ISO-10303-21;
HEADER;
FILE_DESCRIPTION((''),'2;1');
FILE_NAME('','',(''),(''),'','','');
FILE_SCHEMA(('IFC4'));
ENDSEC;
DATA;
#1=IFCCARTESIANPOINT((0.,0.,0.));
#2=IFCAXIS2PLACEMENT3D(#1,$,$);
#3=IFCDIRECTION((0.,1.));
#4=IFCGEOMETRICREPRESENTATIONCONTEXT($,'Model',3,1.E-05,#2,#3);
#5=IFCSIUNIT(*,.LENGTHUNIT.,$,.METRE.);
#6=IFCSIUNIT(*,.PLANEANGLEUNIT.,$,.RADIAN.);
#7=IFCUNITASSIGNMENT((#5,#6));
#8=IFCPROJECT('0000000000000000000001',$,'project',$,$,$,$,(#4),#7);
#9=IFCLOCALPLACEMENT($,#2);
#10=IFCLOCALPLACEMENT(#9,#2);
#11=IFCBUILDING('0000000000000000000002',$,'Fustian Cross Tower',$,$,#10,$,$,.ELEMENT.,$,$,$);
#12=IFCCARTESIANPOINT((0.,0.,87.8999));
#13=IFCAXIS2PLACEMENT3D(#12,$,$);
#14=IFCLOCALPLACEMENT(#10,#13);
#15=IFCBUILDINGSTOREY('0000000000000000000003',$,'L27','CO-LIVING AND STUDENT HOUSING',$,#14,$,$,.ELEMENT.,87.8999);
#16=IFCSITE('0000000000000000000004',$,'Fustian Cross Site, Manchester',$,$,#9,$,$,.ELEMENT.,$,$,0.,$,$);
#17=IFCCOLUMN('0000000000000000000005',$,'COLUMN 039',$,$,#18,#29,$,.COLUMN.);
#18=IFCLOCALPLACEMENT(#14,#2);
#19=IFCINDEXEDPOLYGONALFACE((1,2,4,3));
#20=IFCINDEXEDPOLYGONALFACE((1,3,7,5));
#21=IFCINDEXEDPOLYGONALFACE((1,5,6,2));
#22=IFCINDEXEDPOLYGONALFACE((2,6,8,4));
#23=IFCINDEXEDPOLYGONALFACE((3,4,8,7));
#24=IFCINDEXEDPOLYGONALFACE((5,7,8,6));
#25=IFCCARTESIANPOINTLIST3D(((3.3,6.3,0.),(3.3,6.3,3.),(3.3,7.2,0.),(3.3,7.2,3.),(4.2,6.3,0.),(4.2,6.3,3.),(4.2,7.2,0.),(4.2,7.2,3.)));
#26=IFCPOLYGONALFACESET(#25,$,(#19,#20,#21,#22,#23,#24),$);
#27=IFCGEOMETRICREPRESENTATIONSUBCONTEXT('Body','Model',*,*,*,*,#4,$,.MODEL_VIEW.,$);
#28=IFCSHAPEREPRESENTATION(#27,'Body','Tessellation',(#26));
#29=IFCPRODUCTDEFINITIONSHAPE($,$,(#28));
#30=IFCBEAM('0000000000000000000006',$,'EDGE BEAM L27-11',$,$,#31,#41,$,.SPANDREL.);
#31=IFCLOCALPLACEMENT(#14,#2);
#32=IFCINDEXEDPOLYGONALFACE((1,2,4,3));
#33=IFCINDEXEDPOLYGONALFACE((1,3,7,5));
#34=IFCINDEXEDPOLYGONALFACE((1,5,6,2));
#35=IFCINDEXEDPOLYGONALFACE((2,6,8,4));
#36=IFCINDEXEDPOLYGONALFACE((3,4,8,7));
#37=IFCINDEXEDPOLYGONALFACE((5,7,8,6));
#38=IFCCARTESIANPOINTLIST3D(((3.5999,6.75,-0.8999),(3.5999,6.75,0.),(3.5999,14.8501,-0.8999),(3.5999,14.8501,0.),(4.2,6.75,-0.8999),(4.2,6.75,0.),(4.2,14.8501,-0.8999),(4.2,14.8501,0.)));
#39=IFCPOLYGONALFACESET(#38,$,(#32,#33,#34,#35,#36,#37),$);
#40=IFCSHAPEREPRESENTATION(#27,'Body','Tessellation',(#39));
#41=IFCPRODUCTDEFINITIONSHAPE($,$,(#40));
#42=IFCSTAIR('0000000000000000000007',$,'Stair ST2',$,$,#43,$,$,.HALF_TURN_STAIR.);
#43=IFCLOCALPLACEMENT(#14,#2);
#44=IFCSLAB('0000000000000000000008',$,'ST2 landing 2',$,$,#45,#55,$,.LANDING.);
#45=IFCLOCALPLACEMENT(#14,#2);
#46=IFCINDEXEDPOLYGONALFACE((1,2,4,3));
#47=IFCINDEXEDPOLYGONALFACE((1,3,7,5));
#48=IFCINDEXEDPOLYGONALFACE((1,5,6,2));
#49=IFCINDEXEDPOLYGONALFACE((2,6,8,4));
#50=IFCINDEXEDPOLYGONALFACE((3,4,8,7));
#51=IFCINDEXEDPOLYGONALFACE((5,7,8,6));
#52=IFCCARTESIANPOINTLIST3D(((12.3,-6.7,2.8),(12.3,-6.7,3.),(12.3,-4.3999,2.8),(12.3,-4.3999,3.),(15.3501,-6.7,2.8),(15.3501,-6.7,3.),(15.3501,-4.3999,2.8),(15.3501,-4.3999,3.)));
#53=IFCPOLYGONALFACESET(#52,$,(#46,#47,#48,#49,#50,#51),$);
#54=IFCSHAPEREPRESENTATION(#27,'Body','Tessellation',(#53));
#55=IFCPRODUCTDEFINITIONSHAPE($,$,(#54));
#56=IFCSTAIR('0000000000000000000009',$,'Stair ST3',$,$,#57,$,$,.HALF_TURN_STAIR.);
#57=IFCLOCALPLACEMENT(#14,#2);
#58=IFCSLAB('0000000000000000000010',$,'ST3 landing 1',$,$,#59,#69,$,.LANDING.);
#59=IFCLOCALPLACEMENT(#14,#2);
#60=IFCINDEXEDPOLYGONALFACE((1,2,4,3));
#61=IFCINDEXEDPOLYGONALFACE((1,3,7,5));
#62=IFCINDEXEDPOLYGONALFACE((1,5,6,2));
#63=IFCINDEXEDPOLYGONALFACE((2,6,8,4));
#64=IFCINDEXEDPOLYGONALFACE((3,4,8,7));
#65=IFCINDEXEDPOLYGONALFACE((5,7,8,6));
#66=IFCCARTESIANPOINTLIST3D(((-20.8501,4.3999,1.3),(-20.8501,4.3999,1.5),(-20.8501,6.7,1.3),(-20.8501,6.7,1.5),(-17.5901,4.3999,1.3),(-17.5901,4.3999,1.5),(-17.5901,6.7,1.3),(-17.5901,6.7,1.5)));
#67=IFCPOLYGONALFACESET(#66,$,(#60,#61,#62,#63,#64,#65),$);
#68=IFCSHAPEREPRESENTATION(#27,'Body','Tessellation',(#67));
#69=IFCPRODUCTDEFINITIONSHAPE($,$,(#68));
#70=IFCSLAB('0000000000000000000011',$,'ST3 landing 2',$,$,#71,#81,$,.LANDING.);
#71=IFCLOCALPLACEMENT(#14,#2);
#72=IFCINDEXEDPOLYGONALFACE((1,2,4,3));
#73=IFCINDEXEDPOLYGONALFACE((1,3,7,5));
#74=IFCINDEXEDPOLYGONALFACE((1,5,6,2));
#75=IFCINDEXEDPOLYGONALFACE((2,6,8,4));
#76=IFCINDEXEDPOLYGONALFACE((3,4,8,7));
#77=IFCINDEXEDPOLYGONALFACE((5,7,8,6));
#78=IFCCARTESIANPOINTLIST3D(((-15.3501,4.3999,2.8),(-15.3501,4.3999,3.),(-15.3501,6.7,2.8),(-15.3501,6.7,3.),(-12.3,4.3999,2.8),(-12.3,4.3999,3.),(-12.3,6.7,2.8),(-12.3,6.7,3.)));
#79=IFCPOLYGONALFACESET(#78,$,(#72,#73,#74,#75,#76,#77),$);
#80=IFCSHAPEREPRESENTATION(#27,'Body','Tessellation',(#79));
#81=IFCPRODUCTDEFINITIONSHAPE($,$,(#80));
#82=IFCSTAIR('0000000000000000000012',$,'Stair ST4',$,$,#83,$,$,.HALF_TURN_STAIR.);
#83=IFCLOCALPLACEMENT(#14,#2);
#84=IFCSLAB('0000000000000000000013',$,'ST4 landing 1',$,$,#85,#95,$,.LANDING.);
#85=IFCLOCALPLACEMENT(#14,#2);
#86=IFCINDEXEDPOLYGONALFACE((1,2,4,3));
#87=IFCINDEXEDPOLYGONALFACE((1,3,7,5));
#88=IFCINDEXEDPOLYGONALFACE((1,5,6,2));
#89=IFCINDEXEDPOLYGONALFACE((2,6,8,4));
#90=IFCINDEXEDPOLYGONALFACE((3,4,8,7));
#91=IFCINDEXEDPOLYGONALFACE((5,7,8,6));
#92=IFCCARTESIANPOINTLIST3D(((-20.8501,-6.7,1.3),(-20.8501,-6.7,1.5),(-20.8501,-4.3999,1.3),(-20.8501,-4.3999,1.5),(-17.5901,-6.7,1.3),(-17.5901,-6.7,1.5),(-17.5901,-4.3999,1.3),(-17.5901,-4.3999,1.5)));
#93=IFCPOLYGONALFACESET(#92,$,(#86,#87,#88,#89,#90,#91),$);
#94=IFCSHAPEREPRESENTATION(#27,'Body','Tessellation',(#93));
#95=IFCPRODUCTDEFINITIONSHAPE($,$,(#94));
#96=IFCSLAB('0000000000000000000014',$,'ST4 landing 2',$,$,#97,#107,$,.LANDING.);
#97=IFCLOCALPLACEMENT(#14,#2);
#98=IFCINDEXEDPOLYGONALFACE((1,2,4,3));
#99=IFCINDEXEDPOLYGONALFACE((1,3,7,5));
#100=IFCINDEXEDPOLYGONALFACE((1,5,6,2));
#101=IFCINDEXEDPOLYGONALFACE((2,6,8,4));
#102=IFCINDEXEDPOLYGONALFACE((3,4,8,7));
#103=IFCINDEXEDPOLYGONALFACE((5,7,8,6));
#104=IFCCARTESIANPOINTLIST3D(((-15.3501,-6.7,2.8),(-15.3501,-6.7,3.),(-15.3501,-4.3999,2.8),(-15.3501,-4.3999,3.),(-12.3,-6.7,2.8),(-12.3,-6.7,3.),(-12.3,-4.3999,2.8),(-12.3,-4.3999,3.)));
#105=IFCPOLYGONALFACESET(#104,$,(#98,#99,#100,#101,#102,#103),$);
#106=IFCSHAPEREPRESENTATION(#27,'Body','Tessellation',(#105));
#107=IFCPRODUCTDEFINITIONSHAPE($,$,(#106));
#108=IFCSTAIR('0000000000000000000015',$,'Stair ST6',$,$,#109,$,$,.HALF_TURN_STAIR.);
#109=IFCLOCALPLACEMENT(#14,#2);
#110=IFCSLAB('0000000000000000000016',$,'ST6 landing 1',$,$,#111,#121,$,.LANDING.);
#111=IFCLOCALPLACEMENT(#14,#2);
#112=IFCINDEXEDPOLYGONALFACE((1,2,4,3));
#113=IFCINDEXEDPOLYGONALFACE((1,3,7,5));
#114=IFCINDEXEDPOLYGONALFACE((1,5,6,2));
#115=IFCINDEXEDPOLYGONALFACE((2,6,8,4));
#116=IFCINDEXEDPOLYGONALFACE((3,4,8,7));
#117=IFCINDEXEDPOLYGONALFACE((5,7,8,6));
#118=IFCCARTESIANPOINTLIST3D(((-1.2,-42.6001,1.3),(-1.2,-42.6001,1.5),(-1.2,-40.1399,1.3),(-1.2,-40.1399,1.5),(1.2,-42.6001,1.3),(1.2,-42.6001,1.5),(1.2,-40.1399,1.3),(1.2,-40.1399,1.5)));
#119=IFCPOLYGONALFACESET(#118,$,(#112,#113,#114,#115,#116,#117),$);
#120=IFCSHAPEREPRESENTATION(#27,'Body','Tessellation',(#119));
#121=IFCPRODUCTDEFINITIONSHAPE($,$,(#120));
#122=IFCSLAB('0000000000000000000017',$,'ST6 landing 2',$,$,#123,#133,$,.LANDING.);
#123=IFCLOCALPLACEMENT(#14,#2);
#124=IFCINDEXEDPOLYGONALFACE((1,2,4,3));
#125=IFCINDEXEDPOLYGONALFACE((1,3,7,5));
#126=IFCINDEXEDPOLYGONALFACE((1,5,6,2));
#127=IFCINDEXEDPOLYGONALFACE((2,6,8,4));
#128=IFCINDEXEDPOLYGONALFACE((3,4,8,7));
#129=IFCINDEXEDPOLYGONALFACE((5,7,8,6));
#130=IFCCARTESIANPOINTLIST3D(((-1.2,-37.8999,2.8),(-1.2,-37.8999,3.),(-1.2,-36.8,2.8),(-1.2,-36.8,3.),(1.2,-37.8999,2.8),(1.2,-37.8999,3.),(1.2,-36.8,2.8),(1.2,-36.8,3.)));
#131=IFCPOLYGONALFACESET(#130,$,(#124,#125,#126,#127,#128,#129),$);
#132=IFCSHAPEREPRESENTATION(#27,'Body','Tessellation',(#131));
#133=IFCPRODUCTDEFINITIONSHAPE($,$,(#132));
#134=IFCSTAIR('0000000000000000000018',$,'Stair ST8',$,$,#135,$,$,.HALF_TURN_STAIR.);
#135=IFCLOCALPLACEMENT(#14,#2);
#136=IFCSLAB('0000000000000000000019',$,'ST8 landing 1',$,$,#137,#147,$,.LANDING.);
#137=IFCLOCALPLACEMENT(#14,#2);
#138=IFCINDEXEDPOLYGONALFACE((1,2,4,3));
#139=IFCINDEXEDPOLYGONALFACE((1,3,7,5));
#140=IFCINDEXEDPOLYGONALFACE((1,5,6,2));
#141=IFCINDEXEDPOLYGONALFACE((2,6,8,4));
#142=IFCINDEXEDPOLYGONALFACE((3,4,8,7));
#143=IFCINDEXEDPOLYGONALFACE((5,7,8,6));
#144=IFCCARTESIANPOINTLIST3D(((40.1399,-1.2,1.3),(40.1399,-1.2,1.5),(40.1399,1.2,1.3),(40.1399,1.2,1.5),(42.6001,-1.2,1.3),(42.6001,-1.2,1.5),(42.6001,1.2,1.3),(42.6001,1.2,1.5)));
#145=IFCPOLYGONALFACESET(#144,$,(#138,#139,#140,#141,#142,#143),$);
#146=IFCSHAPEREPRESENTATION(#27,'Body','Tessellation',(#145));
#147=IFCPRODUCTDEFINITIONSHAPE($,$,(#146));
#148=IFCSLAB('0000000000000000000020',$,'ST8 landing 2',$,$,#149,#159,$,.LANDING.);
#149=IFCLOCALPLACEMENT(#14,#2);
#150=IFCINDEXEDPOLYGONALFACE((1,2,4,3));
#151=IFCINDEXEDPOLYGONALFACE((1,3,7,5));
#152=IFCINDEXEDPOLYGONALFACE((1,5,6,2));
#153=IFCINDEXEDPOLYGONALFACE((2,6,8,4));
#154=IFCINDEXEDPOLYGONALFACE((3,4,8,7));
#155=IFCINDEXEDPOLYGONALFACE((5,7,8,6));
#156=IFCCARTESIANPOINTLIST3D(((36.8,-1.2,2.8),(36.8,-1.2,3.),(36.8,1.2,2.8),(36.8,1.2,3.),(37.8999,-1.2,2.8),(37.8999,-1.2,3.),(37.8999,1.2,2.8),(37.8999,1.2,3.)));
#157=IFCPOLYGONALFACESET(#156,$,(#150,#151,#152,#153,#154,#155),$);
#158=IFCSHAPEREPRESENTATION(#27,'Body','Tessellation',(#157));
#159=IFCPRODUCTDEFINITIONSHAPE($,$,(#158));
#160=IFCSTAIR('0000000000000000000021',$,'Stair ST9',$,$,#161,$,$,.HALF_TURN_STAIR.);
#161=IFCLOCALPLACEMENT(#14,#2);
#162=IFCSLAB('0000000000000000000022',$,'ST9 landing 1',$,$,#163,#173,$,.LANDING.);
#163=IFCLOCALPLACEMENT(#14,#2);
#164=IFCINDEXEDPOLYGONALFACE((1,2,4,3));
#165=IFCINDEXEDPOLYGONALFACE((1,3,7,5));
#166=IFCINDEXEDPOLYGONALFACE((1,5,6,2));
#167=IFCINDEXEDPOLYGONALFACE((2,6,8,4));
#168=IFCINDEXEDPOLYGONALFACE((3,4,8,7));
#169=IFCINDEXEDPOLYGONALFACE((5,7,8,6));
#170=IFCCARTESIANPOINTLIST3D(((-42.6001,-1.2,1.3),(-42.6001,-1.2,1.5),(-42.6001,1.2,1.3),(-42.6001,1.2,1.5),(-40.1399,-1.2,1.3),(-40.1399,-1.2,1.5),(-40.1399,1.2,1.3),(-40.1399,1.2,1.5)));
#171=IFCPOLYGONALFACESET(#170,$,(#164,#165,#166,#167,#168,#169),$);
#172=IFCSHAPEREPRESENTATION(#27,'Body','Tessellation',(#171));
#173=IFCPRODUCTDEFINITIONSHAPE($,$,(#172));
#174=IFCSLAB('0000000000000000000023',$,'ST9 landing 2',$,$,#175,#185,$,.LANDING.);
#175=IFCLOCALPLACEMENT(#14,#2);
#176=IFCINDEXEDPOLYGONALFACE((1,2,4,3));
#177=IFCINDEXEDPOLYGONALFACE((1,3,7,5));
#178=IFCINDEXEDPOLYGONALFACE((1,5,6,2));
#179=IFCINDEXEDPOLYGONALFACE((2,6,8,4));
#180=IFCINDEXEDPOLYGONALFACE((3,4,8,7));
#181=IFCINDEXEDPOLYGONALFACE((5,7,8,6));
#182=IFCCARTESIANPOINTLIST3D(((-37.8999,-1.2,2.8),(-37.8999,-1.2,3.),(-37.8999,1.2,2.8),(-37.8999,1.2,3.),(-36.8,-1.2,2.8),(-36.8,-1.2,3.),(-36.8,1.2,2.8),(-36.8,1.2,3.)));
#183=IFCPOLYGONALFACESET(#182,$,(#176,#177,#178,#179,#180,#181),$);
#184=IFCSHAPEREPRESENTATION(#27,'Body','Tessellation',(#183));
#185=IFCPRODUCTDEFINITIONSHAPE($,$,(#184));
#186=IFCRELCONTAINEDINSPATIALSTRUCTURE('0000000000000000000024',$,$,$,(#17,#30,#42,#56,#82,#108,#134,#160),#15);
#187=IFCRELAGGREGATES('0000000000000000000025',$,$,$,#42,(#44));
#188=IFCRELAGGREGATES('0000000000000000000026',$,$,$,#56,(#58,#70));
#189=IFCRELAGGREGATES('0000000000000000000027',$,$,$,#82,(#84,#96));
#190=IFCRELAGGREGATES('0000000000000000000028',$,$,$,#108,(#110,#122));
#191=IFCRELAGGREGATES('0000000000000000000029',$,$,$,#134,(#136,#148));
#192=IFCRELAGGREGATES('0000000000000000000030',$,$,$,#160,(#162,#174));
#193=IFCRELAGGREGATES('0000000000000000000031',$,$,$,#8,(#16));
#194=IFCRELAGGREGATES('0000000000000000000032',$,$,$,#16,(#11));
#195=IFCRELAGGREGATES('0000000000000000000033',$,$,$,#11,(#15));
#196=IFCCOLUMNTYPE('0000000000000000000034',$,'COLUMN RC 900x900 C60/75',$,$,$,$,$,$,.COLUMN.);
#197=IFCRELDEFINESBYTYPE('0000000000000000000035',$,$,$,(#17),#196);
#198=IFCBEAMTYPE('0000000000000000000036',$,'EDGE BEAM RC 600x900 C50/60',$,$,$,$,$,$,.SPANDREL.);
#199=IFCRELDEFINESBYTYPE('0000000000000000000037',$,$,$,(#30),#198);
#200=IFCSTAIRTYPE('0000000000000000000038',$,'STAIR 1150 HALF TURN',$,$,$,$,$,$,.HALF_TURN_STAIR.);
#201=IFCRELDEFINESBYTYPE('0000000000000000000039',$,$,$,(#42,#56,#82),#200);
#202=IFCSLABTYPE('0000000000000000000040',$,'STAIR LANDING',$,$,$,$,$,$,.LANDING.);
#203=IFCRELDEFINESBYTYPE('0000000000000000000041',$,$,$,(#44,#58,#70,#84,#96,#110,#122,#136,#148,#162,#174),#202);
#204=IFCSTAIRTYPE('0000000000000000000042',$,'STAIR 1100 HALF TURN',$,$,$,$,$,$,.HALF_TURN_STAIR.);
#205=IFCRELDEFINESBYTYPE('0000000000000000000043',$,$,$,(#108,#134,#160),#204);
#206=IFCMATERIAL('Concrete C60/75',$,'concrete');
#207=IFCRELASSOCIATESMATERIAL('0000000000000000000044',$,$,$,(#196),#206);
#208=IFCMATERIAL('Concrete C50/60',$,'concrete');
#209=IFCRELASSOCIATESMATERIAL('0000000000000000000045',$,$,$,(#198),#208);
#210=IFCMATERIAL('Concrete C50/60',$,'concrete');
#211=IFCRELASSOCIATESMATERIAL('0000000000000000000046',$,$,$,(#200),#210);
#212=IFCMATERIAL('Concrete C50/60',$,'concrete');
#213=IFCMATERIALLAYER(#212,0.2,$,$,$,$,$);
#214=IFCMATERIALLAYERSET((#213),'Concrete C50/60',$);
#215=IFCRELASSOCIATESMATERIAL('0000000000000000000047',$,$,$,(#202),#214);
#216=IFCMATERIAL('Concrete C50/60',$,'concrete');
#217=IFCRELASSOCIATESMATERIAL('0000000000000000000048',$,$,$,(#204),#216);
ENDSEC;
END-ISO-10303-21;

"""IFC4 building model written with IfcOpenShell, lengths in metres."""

from ifc_helpers import new_model, si_unit, direction, frame, origin, origin_2d, place, context, subcontext, project, spatial, polyline, rectangle, outline, extrude, material, layer, layer_set, material_profile, profile_set, type_object, element, aggregate, save


model = new_model("IFC4")

# Units and contexts
model_context = context("Model", 3, precision=1e-05, world=origin(), true_north=direction((0.0, 1.0)))
body_context = subcontext(model_context, "Body", "Model", "MODEL_VIEW")
ifc_project = project(units=[si_unit("LENGTHUNIT", "METRE"), si_unit("PLANEANGLEUNIT", "RADIAN")], contexts=[model_context])

# Site, building, storey
site_placement = place(None, origin())
site = spatial("IfcSite", under=ifc_project, at=site_placement, Name="Fustian Cross Site, Manchester", CompositionType="ELEMENT", RefElevation=0.0)
building_placement = place(site_placement, origin())
building = spatial("IfcBuilding", under=site, at=building_placement, Name="Fustian Cross Tower", CompositionType="ELEMENT")
storey_placement = place(building_placement, frame((0.0, 0.0, 87.8999)))
storey = spatial("IfcBuildingStorey", under=building, at=storey_placement, Name="L27", Description="CO-LIVING AND STUDENT HOUSING", CompositionType="ELEMENT", Elevation=87.8999)

# Column
ifc_material_1 = material(Name="Concrete C60/75", Category="concrete")
ifc_material_profile_1 = material_profile(ifc_material_1, rectangle(XDim=0.8999, YDim=0.8999, at=origin_2d()), Name="RC 900x900")
ifc_profile_set_1 = profile_set([ifc_material_profile_1], Name="Concrete C60/75")
column_type = type_object("IfcColumnType", Name="COLUMN RC 900x900 C60/75", PredefinedType="COLUMN", material=ifc_profile_set_1)
column_placement = place(storey_placement, frame((3.75, 6.75, 0.0), z_axis=(0.0, 0.0, 1.0), x_axis=(1.0, 0.0, 0.0)))
element("IfcColumn", 1, at=column_placement, inside=storey, type_object=column_type, Name="COLUMN 039", PredefinedType="COLUMN", context=body_context, shape_type="SweptSolid", body=[
    extrude(rectangle(XDim=0.8999, YDim=0.8999, at=origin_2d()), origin(), (0.0, 0.0, 1.0), 3.0),
])

# Beam
ifc_material_2 = material(Name="Concrete C50/60", Category="concrete")
ifc_material_profile_2 = material_profile(ifc_material_2, rectangle(XDim=0.6001, YDim=0.8999, at=origin_2d()), Name="RC 600x900")
ifc_profile_set_2 = profile_set([ifc_material_profile_2], Name="Concrete C50/60")
beam_type = type_object("IfcBeamType", Name="EDGE BEAM RC 600x900 C50/60", PredefinedType="SPANDREL", material=ifc_profile_set_2)
beam_placement = place(storey_placement, frame((3.8999, 6.75, -0.45), z_axis=(0.0, 1.0, 0.0), x_axis=(-1.0, 0.0, 0.0)))
element("IfcBeam", 2, at=beam_placement, inside=storey, type_object=beam_type, Name="EDGE BEAM L27-11", PredefinedType="SPANDREL", context=body_context, shape_type="SweptSolid", body=[
    extrude(rectangle(XDim=0.6001, YDim=0.8999, at=origin_2d()), origin(), (0.0, 0.0, 1.0), 8.1001),
])

# Stair, slab
ifc_material_3 = material(Name="Concrete C50/60", Category="concrete")
stair_type_1 = type_object("IfcStairType", Name="STAIR 1150 HALF TURN", PredefinedType="HALF_TURN_STAIR", material=ifc_material_3)
stair_1_placement = place(storey_placement, origin())
stair_1 = element("IfcStair", 3, at=stair_1_placement, inside=storey, type_object=stair_type_1, Name="Stair ST2", PredefinedType="HALF_TURN_STAIR")
ifc_material_4 = material(Name="Concrete C50/60", Category="concrete")
ifc_layer_1 = layer(ifc_material_4, 0.2)
ifc_layer_set_1 = layer_set([ifc_layer_1], Name="Concrete C50/60")
slab_type = type_object("IfcSlabType", Name="STAIR LANDING", PredefinedType="LANDING", material=ifc_layer_set_1)
slab_1_placement = place(storey_placement, frame((0.0, 0.0, 2.8)))
slab_1 = element("IfcSlab", 4, at=slab_1_placement, type_object=slab_type, Name="ST2 landing 2", PredefinedType="LANDING", context=body_context, shape_type="SweptSolid", body=[
    extrude(outline(polyline([(12.3, -4.3999), (15.3501, -4.3999), (15.3501, -6.7), (12.3, -6.7), (12.3, -4.3999)])), origin(), (0.0, 0.0, 1.0), 0.2),
])
aggregate(stair_1, [slab_1])

# Stairs, slabs
stair_2_placement = place(storey_placement, origin())
stair_2 = element("IfcStair", 5, at=stair_2_placement, inside=storey, type_object=stair_type_1, Name="Stair ST3", PredefinedType="HALF_TURN_STAIR")
slab_2_placement = place(storey_placement, frame((0.0, 0.0, 1.3)))
slab_2 = element("IfcSlab", 6, at=slab_2_placement, type_object=slab_type, Name="ST3 landing 1", PredefinedType="LANDING", context=body_context, shape_type="SweptSolid", body=[
    extrude(outline(polyline([(-17.5901, 4.3999), (-20.8501, 4.3999), (-20.8501, 6.7), (-17.5901, 6.7), (-17.5901, 4.3999)])), origin(), (0.0, 0.0, 1.0), 0.2),
])
slab_3_placement = place(storey_placement, frame((0.0, 0.0, 2.8)))
slab_3 = element("IfcSlab", 7, at=slab_3_placement, type_object=slab_type, Name="ST3 landing 2", PredefinedType="LANDING", context=body_context, shape_type="SweptSolid", body=[
    extrude(outline(polyline([(-12.3, 4.3999), (-15.3501, 4.3999), (-15.3501, 6.7), (-12.3, 6.7), (-12.3, 4.3999)])), origin(), (0.0, 0.0, 1.0), 0.2),
])
aggregate(stair_2, [slab_2, slab_3])
stair_3_placement = place(storey_placement, origin())
stair_3 = element("IfcStair", 8, at=stair_3_placement, inside=storey, type_object=stair_type_1, Name="Stair ST4", PredefinedType="HALF_TURN_STAIR")
slab_4_placement = place(storey_placement, frame((0.0, 0.0, 1.3)))
slab_4 = element("IfcSlab", 9, at=slab_4_placement, type_object=slab_type, Name="ST4 landing 1", PredefinedType="LANDING", context=body_context, shape_type="SweptSolid", body=[
    extrude(outline(polyline([(-17.5901, -4.3999), (-20.8501, -4.3999), (-20.8501, -6.7), (-17.5901, -6.7), (-17.5901, -4.3999)])), origin(), (0.0, 0.0, 1.0), 0.2),
])
slab_5_placement = place(storey_placement, frame((0.0, 0.0, 2.8)))
slab_5 = element("IfcSlab", 10, at=slab_5_placement, type_object=slab_type, Name="ST4 landing 2", PredefinedType="LANDING", context=body_context, shape_type="SweptSolid", body=[
    extrude(outline(polyline([(-12.3, -4.3999), (-15.3501, -4.3999), (-15.3501, -6.7), (-12.3, -6.7), (-12.3, -4.3999)])), origin(), (0.0, 0.0, 1.0), 0.2),
])
aggregate(stair_3, [slab_4, slab_5])
ifc_material_5 = material(Name="Concrete C50/60", Category="concrete")
stair_type_2 = type_object("IfcStairType", Name="STAIR 1100 HALF TURN", PredefinedType="HALF_TURN_STAIR", material=ifc_material_5)
stair_4_placement = place(storey_placement, origin())
stair_4 = element("IfcStair", 11, at=stair_4_placement, inside=storey, type_object=stair_type_2, Name="Stair ST6", PredefinedType="HALF_TURN_STAIR")
slab_6_placement = place(storey_placement, frame((0.0, 0.0, 1.3)))
slab_6 = element("IfcSlab", 12, at=slab_6_placement, type_object=slab_type, Name="ST6 landing 1", PredefinedType="LANDING", context=body_context, shape_type="SweptSolid", body=[
    extrude(outline(polyline([(-1.2, -40.1399), (-1.2, -42.6001), (1.2, -42.6001), (1.2, -40.1399), (-1.2, -40.1399)])), origin(), (0.0, 0.0, 1.0), 0.2),
])
slab_7_placement = place(storey_placement, frame((0.0, 0.0, 2.8)))
slab_7 = element("IfcSlab", 13, at=slab_7_placement, type_object=slab_type, Name="ST6 landing 2", PredefinedType="LANDING", context=body_context, shape_type="SweptSolid", body=[
    extrude(outline(polyline([(-1.2, -36.8), (-1.2, -37.8999), (1.2, -37.8999), (1.2, -36.8), (-1.2, -36.8)])), origin(), (0.0, 0.0, 1.0), 0.2),
])
aggregate(stair_4, [slab_6, slab_7])
stair_5_placement = place(storey_placement, origin())
stair_5 = element("IfcStair", 14, at=stair_5_placement, inside=storey, type_object=stair_type_2, Name="Stair ST8", PredefinedType="HALF_TURN_STAIR")
slab_8_placement = place(storey_placement, frame((0.0, 0.0, 1.3)))
slab_8 = element("IfcSlab", 15, at=slab_8_placement, type_object=slab_type, Name="ST8 landing 1", PredefinedType="LANDING", context=body_context, shape_type="SweptSolid", body=[
    extrude(outline(polyline([(40.1399, -1.2), (42.6001, -1.2), (42.6001, 1.2), (40.1399, 1.2), (40.1399, -1.2)])), origin(), (0.0, 0.0, 1.0), 0.2),
])
slab_9_placement = place(storey_placement, frame((0.0, 0.0, 2.8)))
slab_9 = element("IfcSlab", 16, at=slab_9_placement, type_object=slab_type, Name="ST8 landing 2", PredefinedType="LANDING", context=body_context, shape_type="SweptSolid", body=[
    extrude(outline(polyline([(36.8, -1.2), (37.8999, -1.2), (37.8999, 1.2), (36.8, 1.2), (36.8, -1.2)])), origin(), (0.0, 0.0, 1.0), 0.2),
])
aggregate(stair_5, [slab_8, slab_9])
stair_6_placement = place(storey_placement, origin())
stair_6 = element("IfcStair", 17, at=stair_6_placement, inside=storey, type_object=stair_type_2, Name="Stair ST9", PredefinedType="HALF_TURN_STAIR")
slab_10_placement = place(storey_placement, frame((0.0, 0.0, 1.3)))
slab_10 = element("IfcSlab", 18, at=slab_10_placement, type_object=slab_type, Name="ST9 landing 1", PredefinedType="LANDING", context=body_context, shape_type="SweptSolid", body=[
    extrude(outline(polyline([(-40.1399, -1.2), (-42.6001, -1.2), (-42.6001, 1.2), (-40.1399, 1.2), (-40.1399, -1.2)])), origin(), (0.0, 0.0, 1.0), 0.2),
])
slab_11_placement = place(storey_placement, frame((0.0, 0.0, 2.8)))
slab_11 = element("IfcSlab", 19, at=slab_11_placement, type_object=slab_type, Name="ST9 landing 2", PredefinedType="LANDING", context=body_context, shape_type="SweptSolid", body=[
    extrude(outline(polyline([(-36.8, -1.2), (-37.8999, -1.2), (-37.8999, 1.2), (-36.8, 1.2), (-36.8, -1.2)])), origin(), (0.0, 0.0, 1.0), 0.2),
])
aggregate(stair_6, [slab_10, slab_11])

save(model, "model.ifc")
